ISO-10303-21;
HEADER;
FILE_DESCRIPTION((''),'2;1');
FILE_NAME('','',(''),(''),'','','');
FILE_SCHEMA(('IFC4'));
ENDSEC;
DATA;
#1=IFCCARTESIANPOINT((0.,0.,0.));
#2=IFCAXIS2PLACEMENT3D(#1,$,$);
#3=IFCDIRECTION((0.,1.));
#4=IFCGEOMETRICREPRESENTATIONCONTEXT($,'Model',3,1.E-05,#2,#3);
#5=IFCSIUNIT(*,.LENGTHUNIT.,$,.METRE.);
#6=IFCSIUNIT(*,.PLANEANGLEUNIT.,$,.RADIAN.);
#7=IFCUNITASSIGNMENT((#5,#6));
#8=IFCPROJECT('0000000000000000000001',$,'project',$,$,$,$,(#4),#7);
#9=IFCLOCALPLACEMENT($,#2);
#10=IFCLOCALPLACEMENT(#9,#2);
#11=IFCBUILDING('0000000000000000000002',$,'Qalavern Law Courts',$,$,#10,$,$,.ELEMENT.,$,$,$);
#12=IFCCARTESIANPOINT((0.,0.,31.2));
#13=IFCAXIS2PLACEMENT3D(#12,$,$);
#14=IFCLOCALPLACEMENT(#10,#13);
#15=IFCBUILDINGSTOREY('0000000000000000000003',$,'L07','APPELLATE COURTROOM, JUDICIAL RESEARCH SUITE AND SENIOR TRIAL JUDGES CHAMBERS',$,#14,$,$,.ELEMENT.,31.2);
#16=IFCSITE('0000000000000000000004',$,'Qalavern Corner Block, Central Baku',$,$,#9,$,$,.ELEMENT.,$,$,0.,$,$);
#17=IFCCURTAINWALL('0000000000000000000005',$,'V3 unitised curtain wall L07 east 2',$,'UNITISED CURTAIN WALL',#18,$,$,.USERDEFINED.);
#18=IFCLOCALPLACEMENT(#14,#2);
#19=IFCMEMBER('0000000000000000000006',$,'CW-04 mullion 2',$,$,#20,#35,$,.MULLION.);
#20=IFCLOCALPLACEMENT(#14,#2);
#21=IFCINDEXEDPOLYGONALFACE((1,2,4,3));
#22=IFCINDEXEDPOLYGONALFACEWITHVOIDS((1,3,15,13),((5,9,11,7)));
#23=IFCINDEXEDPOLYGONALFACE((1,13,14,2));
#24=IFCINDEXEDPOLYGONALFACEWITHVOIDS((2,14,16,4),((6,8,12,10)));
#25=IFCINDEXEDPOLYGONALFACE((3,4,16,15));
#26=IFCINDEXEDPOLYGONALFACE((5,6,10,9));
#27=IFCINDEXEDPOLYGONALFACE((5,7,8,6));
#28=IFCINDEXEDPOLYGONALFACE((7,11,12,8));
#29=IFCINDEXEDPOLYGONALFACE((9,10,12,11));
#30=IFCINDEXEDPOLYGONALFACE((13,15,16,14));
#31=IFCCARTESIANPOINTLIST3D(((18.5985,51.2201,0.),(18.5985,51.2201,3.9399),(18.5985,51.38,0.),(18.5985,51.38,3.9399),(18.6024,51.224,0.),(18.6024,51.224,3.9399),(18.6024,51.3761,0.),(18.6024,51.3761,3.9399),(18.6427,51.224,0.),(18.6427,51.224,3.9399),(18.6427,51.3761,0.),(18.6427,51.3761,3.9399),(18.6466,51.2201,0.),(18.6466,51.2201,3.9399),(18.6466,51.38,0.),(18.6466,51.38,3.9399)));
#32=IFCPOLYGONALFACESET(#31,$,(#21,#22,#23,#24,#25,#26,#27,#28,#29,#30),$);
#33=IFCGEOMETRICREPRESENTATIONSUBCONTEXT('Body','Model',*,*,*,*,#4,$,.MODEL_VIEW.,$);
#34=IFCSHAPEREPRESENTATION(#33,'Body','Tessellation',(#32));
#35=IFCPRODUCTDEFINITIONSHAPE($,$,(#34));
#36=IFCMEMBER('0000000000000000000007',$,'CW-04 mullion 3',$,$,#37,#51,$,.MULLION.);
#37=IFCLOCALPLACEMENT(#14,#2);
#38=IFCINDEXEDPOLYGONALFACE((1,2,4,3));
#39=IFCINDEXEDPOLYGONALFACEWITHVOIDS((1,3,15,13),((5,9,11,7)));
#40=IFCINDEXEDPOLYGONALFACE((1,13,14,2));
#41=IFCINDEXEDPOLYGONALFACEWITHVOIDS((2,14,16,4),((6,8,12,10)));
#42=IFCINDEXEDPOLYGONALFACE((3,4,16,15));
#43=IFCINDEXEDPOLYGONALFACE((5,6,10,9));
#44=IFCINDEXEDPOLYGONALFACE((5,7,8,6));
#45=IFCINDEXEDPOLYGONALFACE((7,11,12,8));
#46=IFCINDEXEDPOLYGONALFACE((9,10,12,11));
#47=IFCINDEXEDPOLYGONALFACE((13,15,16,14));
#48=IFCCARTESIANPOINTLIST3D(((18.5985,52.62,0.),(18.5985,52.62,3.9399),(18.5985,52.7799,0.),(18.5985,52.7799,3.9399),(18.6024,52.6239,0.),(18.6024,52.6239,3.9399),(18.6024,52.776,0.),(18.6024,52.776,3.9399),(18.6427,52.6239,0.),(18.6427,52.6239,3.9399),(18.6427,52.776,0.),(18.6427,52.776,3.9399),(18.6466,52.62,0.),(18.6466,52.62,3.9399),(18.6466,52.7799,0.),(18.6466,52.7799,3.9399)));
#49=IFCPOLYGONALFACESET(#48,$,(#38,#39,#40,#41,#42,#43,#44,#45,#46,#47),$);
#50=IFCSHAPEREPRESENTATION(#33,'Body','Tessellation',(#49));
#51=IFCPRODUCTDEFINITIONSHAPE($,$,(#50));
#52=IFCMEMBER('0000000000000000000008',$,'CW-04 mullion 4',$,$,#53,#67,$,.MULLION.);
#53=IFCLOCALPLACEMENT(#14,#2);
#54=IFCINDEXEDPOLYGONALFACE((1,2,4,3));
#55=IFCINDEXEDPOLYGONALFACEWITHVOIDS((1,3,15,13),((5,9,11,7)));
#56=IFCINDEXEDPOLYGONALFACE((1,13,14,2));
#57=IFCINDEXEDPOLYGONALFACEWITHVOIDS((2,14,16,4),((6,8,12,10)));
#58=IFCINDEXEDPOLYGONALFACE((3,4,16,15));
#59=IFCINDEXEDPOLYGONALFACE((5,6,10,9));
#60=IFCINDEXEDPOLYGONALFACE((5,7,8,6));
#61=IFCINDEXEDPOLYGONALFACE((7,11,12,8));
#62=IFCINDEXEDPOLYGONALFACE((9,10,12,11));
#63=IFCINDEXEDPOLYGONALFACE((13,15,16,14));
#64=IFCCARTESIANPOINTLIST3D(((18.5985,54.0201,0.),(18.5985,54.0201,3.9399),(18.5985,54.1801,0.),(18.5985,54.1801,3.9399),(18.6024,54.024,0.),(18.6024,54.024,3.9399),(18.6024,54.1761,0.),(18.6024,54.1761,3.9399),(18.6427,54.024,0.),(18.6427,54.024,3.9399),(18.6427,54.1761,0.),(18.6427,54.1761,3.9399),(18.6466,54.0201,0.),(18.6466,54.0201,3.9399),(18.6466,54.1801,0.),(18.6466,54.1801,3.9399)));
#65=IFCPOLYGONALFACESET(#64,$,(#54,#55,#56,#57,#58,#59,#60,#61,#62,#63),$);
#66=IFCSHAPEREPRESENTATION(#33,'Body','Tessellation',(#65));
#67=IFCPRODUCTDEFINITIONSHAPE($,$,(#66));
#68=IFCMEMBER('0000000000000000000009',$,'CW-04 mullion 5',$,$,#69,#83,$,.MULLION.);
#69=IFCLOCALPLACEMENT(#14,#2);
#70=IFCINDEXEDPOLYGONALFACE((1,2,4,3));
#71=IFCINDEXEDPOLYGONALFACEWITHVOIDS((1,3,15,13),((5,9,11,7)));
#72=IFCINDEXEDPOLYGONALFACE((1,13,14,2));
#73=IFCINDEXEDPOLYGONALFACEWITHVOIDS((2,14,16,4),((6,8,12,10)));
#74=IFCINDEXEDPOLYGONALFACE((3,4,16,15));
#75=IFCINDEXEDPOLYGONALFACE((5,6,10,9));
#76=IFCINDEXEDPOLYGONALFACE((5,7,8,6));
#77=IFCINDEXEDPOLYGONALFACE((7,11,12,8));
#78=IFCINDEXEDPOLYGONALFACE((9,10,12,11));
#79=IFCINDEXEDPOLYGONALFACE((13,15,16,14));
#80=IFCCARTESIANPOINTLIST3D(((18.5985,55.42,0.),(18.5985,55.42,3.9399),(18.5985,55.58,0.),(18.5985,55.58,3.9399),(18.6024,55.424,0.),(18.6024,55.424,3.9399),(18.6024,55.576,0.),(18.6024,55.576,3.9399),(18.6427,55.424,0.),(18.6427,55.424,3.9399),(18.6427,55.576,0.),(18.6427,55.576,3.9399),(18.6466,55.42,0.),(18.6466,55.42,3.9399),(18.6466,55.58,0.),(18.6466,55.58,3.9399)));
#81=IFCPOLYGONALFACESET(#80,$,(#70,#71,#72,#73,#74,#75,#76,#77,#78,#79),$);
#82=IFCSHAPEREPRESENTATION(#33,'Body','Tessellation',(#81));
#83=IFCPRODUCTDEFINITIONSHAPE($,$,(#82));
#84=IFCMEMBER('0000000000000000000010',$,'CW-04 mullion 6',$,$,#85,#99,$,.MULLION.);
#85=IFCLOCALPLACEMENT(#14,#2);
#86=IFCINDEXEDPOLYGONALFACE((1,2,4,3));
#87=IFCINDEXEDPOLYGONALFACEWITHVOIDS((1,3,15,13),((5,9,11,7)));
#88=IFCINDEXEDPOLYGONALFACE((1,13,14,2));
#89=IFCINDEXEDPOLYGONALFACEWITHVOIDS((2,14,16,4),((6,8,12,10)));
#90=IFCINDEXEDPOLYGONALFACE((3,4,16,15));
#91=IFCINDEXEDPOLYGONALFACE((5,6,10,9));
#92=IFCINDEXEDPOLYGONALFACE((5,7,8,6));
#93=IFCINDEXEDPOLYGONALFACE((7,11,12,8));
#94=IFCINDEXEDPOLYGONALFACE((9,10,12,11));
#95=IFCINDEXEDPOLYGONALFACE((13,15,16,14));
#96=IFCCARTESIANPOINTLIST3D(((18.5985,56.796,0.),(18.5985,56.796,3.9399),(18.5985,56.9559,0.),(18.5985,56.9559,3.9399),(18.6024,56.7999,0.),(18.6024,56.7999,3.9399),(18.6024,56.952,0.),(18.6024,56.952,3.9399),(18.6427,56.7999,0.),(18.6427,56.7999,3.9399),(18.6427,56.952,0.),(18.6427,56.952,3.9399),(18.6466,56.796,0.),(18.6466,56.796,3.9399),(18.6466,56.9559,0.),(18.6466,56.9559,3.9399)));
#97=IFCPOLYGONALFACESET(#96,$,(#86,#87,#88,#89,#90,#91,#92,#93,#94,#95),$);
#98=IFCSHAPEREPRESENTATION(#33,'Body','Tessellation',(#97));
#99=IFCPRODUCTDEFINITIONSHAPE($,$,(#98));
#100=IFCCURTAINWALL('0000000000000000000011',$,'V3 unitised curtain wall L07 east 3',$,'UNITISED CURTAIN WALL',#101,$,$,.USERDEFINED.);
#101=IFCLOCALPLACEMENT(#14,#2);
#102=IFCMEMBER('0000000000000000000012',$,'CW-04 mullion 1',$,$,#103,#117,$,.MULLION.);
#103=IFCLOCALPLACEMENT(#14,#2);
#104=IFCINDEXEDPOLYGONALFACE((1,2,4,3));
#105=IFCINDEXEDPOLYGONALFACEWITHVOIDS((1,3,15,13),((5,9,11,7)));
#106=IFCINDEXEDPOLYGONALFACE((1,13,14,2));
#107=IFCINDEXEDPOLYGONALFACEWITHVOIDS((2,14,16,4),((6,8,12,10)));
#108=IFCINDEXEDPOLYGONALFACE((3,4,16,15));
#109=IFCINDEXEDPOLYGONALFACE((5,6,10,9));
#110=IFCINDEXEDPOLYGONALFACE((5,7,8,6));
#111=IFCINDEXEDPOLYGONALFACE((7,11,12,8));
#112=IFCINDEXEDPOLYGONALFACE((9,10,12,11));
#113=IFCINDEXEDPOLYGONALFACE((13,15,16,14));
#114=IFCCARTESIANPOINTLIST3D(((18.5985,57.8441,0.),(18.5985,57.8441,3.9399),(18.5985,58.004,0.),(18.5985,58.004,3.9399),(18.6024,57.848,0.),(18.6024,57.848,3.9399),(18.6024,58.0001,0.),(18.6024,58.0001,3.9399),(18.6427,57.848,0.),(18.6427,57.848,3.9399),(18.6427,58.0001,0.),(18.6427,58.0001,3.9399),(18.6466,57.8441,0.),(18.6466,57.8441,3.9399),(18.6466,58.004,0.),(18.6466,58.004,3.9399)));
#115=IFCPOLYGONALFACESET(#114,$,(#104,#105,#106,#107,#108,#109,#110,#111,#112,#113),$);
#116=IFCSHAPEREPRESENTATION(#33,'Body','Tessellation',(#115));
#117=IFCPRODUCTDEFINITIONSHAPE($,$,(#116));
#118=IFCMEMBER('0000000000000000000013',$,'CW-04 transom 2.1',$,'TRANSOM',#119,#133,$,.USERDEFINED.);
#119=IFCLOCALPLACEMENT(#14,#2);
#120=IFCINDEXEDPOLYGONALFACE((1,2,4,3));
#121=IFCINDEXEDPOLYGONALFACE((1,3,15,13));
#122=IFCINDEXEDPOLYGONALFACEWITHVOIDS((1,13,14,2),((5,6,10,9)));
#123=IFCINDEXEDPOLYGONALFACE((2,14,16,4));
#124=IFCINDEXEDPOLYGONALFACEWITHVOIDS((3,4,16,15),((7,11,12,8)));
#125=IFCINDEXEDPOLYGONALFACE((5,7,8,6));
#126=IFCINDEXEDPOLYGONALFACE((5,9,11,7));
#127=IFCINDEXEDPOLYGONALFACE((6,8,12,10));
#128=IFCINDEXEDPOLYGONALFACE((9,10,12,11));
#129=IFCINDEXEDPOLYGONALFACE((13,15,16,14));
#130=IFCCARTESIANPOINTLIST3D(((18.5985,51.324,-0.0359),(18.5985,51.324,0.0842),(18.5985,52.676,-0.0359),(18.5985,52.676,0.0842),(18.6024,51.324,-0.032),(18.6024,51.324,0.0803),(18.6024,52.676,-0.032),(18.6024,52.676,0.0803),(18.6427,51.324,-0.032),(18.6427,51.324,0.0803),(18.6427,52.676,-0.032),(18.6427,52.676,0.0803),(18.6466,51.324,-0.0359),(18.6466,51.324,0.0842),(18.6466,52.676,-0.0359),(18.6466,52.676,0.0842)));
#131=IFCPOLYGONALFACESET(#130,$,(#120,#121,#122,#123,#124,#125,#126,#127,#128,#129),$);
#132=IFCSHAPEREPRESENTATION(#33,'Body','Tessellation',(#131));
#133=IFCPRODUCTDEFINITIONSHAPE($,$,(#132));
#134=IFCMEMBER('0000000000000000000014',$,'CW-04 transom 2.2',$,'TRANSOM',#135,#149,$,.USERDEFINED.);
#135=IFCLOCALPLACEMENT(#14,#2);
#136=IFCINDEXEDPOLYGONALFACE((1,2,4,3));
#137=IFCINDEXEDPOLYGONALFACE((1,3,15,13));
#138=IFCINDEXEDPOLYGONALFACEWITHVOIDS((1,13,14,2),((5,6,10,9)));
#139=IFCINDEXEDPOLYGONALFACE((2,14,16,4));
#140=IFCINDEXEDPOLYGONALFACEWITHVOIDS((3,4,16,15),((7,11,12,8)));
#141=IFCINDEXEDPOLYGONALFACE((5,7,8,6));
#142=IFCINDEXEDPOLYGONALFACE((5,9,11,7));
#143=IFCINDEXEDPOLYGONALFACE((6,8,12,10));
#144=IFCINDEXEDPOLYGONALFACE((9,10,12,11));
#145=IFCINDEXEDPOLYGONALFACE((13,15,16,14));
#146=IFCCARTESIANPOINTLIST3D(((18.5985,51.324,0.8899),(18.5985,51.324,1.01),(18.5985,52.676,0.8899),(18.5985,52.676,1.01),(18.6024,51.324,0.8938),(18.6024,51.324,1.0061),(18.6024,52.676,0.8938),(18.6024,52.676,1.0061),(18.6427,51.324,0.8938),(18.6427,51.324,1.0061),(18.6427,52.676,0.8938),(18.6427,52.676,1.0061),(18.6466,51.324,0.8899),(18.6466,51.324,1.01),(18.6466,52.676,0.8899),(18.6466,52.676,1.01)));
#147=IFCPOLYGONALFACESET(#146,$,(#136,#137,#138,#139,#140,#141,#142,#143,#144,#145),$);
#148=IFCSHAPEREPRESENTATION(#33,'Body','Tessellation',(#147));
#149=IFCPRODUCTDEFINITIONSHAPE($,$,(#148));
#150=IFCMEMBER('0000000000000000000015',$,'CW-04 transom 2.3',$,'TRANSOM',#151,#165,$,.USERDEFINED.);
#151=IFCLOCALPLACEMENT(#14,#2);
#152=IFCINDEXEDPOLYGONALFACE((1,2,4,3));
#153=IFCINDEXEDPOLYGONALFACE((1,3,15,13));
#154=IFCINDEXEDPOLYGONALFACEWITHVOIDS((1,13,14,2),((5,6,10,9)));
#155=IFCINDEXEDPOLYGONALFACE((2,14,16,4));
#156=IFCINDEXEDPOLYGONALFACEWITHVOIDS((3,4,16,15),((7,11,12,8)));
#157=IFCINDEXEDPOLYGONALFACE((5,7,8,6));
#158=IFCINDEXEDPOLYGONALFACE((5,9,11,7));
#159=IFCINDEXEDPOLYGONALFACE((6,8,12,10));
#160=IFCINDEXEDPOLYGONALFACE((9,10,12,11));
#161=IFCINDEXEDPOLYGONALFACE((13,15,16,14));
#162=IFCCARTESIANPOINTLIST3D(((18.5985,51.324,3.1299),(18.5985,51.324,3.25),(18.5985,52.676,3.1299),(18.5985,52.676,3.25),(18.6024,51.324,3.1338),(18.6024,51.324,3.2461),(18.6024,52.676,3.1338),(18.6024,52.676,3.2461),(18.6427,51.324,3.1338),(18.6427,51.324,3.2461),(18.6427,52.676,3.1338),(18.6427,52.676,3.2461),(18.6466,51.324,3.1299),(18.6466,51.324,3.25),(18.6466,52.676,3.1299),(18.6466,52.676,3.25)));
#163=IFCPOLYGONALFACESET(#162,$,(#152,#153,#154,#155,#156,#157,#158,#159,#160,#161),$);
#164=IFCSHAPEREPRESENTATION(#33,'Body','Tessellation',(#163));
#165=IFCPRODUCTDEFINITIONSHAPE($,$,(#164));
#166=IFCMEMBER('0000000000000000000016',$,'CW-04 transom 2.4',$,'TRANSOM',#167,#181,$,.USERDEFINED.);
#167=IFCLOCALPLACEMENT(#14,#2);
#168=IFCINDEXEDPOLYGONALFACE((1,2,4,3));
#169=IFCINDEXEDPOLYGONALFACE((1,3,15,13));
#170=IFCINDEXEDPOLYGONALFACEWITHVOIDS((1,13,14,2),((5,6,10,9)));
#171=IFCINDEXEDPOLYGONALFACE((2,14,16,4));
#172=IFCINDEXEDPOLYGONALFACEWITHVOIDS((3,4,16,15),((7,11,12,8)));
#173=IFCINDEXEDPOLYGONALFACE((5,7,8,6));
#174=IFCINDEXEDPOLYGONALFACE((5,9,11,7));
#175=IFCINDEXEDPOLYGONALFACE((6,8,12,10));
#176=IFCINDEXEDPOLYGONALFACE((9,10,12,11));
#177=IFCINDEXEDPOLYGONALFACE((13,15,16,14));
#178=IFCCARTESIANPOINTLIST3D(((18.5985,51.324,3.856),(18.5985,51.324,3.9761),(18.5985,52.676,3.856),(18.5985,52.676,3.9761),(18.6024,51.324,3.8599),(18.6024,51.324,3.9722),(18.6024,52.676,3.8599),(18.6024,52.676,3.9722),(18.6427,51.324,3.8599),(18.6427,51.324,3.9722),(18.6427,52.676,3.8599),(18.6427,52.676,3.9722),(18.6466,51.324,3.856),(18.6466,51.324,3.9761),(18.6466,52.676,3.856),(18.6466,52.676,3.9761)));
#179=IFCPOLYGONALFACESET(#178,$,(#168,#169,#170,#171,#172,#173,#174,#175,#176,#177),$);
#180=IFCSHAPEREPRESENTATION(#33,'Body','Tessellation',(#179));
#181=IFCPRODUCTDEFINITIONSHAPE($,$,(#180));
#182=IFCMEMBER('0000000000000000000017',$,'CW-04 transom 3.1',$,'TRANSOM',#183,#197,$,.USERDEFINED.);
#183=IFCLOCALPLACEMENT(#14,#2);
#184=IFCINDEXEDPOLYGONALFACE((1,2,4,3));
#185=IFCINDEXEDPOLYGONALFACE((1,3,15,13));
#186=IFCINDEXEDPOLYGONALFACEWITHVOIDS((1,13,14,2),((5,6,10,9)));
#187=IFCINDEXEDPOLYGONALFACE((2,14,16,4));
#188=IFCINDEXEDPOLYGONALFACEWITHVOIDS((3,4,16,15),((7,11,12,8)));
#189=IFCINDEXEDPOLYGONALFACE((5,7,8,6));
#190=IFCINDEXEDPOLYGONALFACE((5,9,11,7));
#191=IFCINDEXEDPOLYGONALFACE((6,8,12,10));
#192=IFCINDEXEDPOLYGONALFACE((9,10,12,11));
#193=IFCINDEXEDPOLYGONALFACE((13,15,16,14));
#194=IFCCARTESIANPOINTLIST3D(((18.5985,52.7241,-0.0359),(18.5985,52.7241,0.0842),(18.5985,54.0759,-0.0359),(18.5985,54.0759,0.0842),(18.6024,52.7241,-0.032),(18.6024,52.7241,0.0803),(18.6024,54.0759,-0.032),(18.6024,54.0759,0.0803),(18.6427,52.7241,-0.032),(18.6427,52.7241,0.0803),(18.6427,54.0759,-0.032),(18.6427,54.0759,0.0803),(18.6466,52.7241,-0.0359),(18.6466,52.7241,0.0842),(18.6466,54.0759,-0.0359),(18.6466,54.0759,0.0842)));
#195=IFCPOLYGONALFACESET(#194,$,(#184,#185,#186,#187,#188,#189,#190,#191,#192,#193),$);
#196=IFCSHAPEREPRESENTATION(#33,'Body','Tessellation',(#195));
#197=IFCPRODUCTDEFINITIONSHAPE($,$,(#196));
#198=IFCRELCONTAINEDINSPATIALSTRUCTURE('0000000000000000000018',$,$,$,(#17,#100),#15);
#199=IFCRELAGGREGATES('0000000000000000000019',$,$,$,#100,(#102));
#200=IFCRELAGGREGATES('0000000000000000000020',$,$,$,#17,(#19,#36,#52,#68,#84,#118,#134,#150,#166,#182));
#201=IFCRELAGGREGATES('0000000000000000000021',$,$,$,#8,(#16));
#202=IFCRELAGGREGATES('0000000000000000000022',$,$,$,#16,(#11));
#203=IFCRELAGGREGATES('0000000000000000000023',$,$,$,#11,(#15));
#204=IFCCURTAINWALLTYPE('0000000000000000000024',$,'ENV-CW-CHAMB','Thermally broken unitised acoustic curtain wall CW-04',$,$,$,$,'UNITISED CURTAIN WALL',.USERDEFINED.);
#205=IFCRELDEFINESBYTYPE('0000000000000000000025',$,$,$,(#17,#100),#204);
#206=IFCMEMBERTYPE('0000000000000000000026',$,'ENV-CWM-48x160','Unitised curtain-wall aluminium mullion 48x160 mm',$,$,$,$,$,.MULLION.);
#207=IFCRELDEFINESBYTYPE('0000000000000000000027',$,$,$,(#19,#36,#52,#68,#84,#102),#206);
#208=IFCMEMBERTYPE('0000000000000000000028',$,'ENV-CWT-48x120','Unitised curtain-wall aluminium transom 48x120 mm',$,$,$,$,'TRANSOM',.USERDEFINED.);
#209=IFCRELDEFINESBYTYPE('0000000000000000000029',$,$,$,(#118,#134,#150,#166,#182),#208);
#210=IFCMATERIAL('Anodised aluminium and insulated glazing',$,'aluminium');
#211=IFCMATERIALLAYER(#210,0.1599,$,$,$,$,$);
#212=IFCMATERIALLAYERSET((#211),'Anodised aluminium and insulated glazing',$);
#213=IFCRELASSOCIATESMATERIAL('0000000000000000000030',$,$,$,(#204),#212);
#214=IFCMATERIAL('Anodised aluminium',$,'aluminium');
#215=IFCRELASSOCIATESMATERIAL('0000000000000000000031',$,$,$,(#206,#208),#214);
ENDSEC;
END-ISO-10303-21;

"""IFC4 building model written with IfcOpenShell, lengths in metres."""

from ifc_helpers import new_model, si_unit, direction, frame, origin, origin_2d, place, context, subcontext, project, spatial, hollow_rectangle, extrude, material, layer, layer_set, material_profile, profile_set, type_object, element, aggregate, save


model = new_model("IFC4")

# Units and contexts
model_context = context("Model", 3, precision=1e-05, world=origin(), true_north=direction((0.0, 1.0)))
body_context = subcontext(model_context, "Body", "Model", "MODEL_VIEW")
ifc_project = project(units=[si_unit("LENGTHUNIT", "METRE"), si_unit("PLANEANGLEUNIT", "RADIAN")], contexts=[model_context])

# Site, building, storey
site_placement = place(None, origin())
site = spatial("IfcSite", under=ifc_project, at=site_placement, Name="Qalavern Corner Block, Central Baku", CompositionType="ELEMENT", RefElevation=0.0)
building_placement = place(site_placement, origin())
building = spatial("IfcBuilding", under=site, at=building_placement, Name="Qalavern Law Courts", CompositionType="ELEMENT")
storey_placement = place(building_placement, frame((0.0, 0.0, 31.2)))
storey = spatial("IfcBuildingStorey", under=building, at=storey_placement, Name="L07", Description="APPELLATE COURTROOM, JUDICIAL RESEARCH SUITE AND SENIOR TRIAL JUDGES CHAMBERS", CompositionType="ELEMENT", Elevation=31.2)

# Curtain wall, members
ifc_material_1 = material(Name="Anodised aluminium and insulated glazing", Category="aluminium")
ifc_layer_1 = layer(ifc_material_1, 0.1599)
ifc_layer_set_1 = layer_set([ifc_layer_1], Name="Anodised aluminium and insulated glazing")
curtain_wall_type = type_object("IfcCurtainWallType", Name="ENV-CW-CHAMB", Description="Thermally broken unitised acoustic curtain wall CW-04", ElementType="UNITISED CURTAIN WALL", PredefinedType="USERDEFINED", material=ifc_layer_set_1)
curtain_wall_1_placement = place(storey_placement, origin())
curtain_wall_1 = element("IfcCurtainWall", 1, at=curtain_wall_1_placement, inside=storey, type_object=curtain_wall_type, Name="V3 unitised curtain wall L07 east 2", ObjectType="UNITISED CURTAIN WALL", PredefinedType="USERDEFINED")
ifc_material_2 = material(Name="Anodised aluminium", Category="aluminium")
ifc_material_profile_1 = material_profile(ifc_material_2, hollow_rectangle(XDim=0.0481, YDim=0.1599, WallThickness=0.0039, at=origin_2d()), Name="ALU MULLION 48x160")
ifc_profile_set_1 = profile_set([ifc_material_profile_1], Name="Anodised aluminium")
member_type_1 = type_object("IfcMemberType", Name="ENV-CWM-48x160", Description="Unitised curtain-wall aluminium mullion 48x160 mm", PredefinedType="MULLION", material=ifc_profile_set_1)
member_1_placement = place(storey_placement, frame((18.6226, 51.3, 0.0), z_axis=(0.0, 0.0, 1.0), x_axis=(-1.0, 0.0, 0.0)))
member_1 = element("IfcMember", 2, at=member_1_placement, type_object=member_type_1, Name="CW-04 mullion 2", PredefinedType="MULLION", context=body_context, shape_type="SweptSolid", body=[
    extrude(hollow_rectangle(XDim=0.0481, YDim=0.1599, WallThickness=0.0039, at=origin_2d()), origin(), (0.0, 0.0, 1.0), 3.9399),
])
member_2_placement = place(storey_placement, frame((18.6226, 52.7, 0.0), z_axis=(0.0, 0.0, 1.0), x_axis=(-1.0, 0.0, 0.0)))
member_2 = element("IfcMember", 3, at=member_2_placement, type_object=member_type_1, Name="CW-04 mullion 3", PredefinedType="MULLION", context=body_context, shape_type="SweptSolid", body=[
    extrude(hollow_rectangle(XDim=0.0481, YDim=0.1599, WallThickness=0.0039, at=origin_2d()), origin(), (0.0, 0.0, 1.0), 3.9399),
])
member_3_placement = place(storey_placement, frame((18.6226, 54.1001, 0.0), z_axis=(0.0, 0.0, 1.0), x_axis=(-1.0, 0.0, 0.0)))
member_3 = element("IfcMember", 4, at=member_3_placement, type_object=member_type_1, Name="CW-04 mullion 4", PredefinedType="MULLION", context=body_context, shape_type="SweptSolid", body=[
    extrude(hollow_rectangle(XDim=0.0481, YDim=0.1599, WallThickness=0.0039, at=origin_2d()), origin(), (0.0, 0.0, 1.0), 3.9399),
])
member_4_placement = place(storey_placement, frame((18.6226, 55.5, 0.0), z_axis=(0.0, 0.0, 1.0), x_axis=(-1.0, 0.0, 0.0)))
member_4 = element("IfcMember", 5, at=member_4_placement, type_object=member_type_1, Name="CW-04 mullion 5", PredefinedType="MULLION", context=body_context, shape_type="SweptSolid", body=[
    extrude(hollow_rectangle(XDim=0.0481, YDim=0.1599, WallThickness=0.0039, at=origin_2d()), origin(), (0.0, 0.0, 1.0), 3.9399),
])
member_5_placement = place(storey_placement, frame((18.6226, 56.876, 0.0), z_axis=(0.0, 0.0, 1.0), x_axis=(-1.0, 0.0, 0.0)))
member_5 = element("IfcMember", 6, at=member_5_placement, type_object=member_type_1, Name="CW-04 mullion 6", PredefinedType="MULLION", context=body_context, shape_type="SweptSolid", body=[
    extrude(hollow_rectangle(XDim=0.0481, YDim=0.1599, WallThickness=0.0039, at=origin_2d()), origin(), (0.0, 0.0, 1.0), 3.9399),
])

# Curtain wall, member
curtain_wall_2_placement = place(storey_placement, origin())
curtain_wall_2 = element("IfcCurtainWall", 7, at=curtain_wall_2_placement, inside=storey, type_object=curtain_wall_type, Name="V3 unitised curtain wall L07 east 3", ObjectType="UNITISED CURTAIN WALL", PredefinedType="USERDEFINED")
member_6_placement = place(storey_placement, frame((18.6226, 57.9241, 0.0), z_axis=(0.0, 0.0, 1.0), x_axis=(-1.0, 0.0, 0.0)))
member_6 = element("IfcMember", 8, at=member_6_placement, type_object=member_type_1, Name="CW-04 mullion 1", PredefinedType="MULLION", context=body_context, shape_type="SweptSolid", body=[
    extrude(hollow_rectangle(XDim=0.0481, YDim=0.1599, WallThickness=0.0039, at=origin_2d()), origin(), (0.0, 0.0, 1.0), 3.9399),
])
aggregate(curtain_wall_2, [member_6])

# Members
ifc_material_profile_2 = material_profile(ifc_material_2, hollow_rectangle(XDim=0.0481, YDim=0.1201, WallThickness=0.0039, at=origin_2d()), Name="ALU TRANSOM 48x120")
ifc_profile_set_2 = profile_set([ifc_material_profile_2], Name="Anodised aluminium")
member_type_2 = type_object("IfcMemberType", Name="ENV-CWT-48x120", Description="Unitised curtain-wall aluminium transom 48x120 mm", ElementType="TRANSOM", PredefinedType="USERDEFINED", material=ifc_profile_set_2)
member_7_placement = place(storey_placement, frame((18.6226, 51.324, 0.0242), z_axis=(0.0, 1.0, 0.0), x_axis=(-1.0, 0.0, 0.0)))
member_7 = element("IfcMember", 9, at=member_7_placement, type_object=member_type_2, Name="CW-04 transom 2.1", ObjectType="TRANSOM", PredefinedType="USERDEFINED", context=body_context, shape_type="SweptSolid", body=[
    extrude(hollow_rectangle(XDim=0.0481, YDim=0.1201, WallThickness=0.0039, at=origin_2d()), origin(), (0.0, 0.0, 1.0), 1.3521),
])
member_8_placement = place(storey_placement, frame((18.6226, 51.324, 0.95), z_axis=(0.0, 1.0, 0.0), x_axis=(-1.0, 0.0, 0.0)))
member_8 = element("IfcMember", 10, at=member_8_placement, type_object=member_type_2, Name="CW-04 transom 2.2", ObjectType="TRANSOM", PredefinedType="USERDEFINED", context=body_context, shape_type="SweptSolid", body=[
    extrude(hollow_rectangle(XDim=0.0481, YDim=0.1201, WallThickness=0.0039, at=origin_2d()), origin(), (0.0, 0.0, 1.0), 1.3521),
])
member_9_placement = place(storey_placement, frame((18.6226, 51.324, 3.1899), z_axis=(0.0, 1.0, 0.0), x_axis=(-1.0, 0.0, 0.0)))
member_9 = element("IfcMember", 11, at=member_9_placement, type_object=member_type_2, Name="CW-04 transom 2.3", ObjectType="TRANSOM", PredefinedType="USERDEFINED", context=body_context, shape_type="SweptSolid", body=[
    extrude(hollow_rectangle(XDim=0.0481, YDim=0.1201, WallThickness=0.0039, at=origin_2d()), origin(), (0.0, 0.0, 1.0), 1.3521),
])
member_10_placement = place(storey_placement, frame((18.6226, 51.324, 3.916), z_axis=(0.0, 1.0, 0.0), x_axis=(-1.0, 0.0, 0.0)))
member_10 = element("IfcMember", 12, at=member_10_placement, type_object=member_type_2, Name="CW-04 transom 2.4", ObjectType="TRANSOM", PredefinedType="USERDEFINED", context=body_context, shape_type="SweptSolid", body=[
    extrude(hollow_rectangle(XDim=0.0481, YDim=0.1201, WallThickness=0.0039, at=origin_2d()), origin(), (0.0, 0.0, 1.0), 1.3521),
])
member_11_placement = place(storey_placement, frame((18.6226, 52.7241, 0.0242), z_axis=(0.0, 1.0, 0.0), x_axis=(-1.0, 0.0, 0.0)))
member_11 = element("IfcMember", 13, at=member_11_placement, type_object=member_type_2, Name="CW-04 transom 3.1", ObjectType="TRANSOM", PredefinedType="USERDEFINED", context=body_context, shape_type="SweptSolid", body=[
    extrude(hollow_rectangle(XDim=0.0481, YDim=0.1201, WallThickness=0.0039, at=origin_2d()), origin(), (0.0, 0.0, 1.0), 1.3518),
])

aggregate(curtain_wall_1, [member_1, member_2, member_3, member_4, member_5, member_7, member_8, member_9, member_10, member_11])

save(model, "model.ifc")
